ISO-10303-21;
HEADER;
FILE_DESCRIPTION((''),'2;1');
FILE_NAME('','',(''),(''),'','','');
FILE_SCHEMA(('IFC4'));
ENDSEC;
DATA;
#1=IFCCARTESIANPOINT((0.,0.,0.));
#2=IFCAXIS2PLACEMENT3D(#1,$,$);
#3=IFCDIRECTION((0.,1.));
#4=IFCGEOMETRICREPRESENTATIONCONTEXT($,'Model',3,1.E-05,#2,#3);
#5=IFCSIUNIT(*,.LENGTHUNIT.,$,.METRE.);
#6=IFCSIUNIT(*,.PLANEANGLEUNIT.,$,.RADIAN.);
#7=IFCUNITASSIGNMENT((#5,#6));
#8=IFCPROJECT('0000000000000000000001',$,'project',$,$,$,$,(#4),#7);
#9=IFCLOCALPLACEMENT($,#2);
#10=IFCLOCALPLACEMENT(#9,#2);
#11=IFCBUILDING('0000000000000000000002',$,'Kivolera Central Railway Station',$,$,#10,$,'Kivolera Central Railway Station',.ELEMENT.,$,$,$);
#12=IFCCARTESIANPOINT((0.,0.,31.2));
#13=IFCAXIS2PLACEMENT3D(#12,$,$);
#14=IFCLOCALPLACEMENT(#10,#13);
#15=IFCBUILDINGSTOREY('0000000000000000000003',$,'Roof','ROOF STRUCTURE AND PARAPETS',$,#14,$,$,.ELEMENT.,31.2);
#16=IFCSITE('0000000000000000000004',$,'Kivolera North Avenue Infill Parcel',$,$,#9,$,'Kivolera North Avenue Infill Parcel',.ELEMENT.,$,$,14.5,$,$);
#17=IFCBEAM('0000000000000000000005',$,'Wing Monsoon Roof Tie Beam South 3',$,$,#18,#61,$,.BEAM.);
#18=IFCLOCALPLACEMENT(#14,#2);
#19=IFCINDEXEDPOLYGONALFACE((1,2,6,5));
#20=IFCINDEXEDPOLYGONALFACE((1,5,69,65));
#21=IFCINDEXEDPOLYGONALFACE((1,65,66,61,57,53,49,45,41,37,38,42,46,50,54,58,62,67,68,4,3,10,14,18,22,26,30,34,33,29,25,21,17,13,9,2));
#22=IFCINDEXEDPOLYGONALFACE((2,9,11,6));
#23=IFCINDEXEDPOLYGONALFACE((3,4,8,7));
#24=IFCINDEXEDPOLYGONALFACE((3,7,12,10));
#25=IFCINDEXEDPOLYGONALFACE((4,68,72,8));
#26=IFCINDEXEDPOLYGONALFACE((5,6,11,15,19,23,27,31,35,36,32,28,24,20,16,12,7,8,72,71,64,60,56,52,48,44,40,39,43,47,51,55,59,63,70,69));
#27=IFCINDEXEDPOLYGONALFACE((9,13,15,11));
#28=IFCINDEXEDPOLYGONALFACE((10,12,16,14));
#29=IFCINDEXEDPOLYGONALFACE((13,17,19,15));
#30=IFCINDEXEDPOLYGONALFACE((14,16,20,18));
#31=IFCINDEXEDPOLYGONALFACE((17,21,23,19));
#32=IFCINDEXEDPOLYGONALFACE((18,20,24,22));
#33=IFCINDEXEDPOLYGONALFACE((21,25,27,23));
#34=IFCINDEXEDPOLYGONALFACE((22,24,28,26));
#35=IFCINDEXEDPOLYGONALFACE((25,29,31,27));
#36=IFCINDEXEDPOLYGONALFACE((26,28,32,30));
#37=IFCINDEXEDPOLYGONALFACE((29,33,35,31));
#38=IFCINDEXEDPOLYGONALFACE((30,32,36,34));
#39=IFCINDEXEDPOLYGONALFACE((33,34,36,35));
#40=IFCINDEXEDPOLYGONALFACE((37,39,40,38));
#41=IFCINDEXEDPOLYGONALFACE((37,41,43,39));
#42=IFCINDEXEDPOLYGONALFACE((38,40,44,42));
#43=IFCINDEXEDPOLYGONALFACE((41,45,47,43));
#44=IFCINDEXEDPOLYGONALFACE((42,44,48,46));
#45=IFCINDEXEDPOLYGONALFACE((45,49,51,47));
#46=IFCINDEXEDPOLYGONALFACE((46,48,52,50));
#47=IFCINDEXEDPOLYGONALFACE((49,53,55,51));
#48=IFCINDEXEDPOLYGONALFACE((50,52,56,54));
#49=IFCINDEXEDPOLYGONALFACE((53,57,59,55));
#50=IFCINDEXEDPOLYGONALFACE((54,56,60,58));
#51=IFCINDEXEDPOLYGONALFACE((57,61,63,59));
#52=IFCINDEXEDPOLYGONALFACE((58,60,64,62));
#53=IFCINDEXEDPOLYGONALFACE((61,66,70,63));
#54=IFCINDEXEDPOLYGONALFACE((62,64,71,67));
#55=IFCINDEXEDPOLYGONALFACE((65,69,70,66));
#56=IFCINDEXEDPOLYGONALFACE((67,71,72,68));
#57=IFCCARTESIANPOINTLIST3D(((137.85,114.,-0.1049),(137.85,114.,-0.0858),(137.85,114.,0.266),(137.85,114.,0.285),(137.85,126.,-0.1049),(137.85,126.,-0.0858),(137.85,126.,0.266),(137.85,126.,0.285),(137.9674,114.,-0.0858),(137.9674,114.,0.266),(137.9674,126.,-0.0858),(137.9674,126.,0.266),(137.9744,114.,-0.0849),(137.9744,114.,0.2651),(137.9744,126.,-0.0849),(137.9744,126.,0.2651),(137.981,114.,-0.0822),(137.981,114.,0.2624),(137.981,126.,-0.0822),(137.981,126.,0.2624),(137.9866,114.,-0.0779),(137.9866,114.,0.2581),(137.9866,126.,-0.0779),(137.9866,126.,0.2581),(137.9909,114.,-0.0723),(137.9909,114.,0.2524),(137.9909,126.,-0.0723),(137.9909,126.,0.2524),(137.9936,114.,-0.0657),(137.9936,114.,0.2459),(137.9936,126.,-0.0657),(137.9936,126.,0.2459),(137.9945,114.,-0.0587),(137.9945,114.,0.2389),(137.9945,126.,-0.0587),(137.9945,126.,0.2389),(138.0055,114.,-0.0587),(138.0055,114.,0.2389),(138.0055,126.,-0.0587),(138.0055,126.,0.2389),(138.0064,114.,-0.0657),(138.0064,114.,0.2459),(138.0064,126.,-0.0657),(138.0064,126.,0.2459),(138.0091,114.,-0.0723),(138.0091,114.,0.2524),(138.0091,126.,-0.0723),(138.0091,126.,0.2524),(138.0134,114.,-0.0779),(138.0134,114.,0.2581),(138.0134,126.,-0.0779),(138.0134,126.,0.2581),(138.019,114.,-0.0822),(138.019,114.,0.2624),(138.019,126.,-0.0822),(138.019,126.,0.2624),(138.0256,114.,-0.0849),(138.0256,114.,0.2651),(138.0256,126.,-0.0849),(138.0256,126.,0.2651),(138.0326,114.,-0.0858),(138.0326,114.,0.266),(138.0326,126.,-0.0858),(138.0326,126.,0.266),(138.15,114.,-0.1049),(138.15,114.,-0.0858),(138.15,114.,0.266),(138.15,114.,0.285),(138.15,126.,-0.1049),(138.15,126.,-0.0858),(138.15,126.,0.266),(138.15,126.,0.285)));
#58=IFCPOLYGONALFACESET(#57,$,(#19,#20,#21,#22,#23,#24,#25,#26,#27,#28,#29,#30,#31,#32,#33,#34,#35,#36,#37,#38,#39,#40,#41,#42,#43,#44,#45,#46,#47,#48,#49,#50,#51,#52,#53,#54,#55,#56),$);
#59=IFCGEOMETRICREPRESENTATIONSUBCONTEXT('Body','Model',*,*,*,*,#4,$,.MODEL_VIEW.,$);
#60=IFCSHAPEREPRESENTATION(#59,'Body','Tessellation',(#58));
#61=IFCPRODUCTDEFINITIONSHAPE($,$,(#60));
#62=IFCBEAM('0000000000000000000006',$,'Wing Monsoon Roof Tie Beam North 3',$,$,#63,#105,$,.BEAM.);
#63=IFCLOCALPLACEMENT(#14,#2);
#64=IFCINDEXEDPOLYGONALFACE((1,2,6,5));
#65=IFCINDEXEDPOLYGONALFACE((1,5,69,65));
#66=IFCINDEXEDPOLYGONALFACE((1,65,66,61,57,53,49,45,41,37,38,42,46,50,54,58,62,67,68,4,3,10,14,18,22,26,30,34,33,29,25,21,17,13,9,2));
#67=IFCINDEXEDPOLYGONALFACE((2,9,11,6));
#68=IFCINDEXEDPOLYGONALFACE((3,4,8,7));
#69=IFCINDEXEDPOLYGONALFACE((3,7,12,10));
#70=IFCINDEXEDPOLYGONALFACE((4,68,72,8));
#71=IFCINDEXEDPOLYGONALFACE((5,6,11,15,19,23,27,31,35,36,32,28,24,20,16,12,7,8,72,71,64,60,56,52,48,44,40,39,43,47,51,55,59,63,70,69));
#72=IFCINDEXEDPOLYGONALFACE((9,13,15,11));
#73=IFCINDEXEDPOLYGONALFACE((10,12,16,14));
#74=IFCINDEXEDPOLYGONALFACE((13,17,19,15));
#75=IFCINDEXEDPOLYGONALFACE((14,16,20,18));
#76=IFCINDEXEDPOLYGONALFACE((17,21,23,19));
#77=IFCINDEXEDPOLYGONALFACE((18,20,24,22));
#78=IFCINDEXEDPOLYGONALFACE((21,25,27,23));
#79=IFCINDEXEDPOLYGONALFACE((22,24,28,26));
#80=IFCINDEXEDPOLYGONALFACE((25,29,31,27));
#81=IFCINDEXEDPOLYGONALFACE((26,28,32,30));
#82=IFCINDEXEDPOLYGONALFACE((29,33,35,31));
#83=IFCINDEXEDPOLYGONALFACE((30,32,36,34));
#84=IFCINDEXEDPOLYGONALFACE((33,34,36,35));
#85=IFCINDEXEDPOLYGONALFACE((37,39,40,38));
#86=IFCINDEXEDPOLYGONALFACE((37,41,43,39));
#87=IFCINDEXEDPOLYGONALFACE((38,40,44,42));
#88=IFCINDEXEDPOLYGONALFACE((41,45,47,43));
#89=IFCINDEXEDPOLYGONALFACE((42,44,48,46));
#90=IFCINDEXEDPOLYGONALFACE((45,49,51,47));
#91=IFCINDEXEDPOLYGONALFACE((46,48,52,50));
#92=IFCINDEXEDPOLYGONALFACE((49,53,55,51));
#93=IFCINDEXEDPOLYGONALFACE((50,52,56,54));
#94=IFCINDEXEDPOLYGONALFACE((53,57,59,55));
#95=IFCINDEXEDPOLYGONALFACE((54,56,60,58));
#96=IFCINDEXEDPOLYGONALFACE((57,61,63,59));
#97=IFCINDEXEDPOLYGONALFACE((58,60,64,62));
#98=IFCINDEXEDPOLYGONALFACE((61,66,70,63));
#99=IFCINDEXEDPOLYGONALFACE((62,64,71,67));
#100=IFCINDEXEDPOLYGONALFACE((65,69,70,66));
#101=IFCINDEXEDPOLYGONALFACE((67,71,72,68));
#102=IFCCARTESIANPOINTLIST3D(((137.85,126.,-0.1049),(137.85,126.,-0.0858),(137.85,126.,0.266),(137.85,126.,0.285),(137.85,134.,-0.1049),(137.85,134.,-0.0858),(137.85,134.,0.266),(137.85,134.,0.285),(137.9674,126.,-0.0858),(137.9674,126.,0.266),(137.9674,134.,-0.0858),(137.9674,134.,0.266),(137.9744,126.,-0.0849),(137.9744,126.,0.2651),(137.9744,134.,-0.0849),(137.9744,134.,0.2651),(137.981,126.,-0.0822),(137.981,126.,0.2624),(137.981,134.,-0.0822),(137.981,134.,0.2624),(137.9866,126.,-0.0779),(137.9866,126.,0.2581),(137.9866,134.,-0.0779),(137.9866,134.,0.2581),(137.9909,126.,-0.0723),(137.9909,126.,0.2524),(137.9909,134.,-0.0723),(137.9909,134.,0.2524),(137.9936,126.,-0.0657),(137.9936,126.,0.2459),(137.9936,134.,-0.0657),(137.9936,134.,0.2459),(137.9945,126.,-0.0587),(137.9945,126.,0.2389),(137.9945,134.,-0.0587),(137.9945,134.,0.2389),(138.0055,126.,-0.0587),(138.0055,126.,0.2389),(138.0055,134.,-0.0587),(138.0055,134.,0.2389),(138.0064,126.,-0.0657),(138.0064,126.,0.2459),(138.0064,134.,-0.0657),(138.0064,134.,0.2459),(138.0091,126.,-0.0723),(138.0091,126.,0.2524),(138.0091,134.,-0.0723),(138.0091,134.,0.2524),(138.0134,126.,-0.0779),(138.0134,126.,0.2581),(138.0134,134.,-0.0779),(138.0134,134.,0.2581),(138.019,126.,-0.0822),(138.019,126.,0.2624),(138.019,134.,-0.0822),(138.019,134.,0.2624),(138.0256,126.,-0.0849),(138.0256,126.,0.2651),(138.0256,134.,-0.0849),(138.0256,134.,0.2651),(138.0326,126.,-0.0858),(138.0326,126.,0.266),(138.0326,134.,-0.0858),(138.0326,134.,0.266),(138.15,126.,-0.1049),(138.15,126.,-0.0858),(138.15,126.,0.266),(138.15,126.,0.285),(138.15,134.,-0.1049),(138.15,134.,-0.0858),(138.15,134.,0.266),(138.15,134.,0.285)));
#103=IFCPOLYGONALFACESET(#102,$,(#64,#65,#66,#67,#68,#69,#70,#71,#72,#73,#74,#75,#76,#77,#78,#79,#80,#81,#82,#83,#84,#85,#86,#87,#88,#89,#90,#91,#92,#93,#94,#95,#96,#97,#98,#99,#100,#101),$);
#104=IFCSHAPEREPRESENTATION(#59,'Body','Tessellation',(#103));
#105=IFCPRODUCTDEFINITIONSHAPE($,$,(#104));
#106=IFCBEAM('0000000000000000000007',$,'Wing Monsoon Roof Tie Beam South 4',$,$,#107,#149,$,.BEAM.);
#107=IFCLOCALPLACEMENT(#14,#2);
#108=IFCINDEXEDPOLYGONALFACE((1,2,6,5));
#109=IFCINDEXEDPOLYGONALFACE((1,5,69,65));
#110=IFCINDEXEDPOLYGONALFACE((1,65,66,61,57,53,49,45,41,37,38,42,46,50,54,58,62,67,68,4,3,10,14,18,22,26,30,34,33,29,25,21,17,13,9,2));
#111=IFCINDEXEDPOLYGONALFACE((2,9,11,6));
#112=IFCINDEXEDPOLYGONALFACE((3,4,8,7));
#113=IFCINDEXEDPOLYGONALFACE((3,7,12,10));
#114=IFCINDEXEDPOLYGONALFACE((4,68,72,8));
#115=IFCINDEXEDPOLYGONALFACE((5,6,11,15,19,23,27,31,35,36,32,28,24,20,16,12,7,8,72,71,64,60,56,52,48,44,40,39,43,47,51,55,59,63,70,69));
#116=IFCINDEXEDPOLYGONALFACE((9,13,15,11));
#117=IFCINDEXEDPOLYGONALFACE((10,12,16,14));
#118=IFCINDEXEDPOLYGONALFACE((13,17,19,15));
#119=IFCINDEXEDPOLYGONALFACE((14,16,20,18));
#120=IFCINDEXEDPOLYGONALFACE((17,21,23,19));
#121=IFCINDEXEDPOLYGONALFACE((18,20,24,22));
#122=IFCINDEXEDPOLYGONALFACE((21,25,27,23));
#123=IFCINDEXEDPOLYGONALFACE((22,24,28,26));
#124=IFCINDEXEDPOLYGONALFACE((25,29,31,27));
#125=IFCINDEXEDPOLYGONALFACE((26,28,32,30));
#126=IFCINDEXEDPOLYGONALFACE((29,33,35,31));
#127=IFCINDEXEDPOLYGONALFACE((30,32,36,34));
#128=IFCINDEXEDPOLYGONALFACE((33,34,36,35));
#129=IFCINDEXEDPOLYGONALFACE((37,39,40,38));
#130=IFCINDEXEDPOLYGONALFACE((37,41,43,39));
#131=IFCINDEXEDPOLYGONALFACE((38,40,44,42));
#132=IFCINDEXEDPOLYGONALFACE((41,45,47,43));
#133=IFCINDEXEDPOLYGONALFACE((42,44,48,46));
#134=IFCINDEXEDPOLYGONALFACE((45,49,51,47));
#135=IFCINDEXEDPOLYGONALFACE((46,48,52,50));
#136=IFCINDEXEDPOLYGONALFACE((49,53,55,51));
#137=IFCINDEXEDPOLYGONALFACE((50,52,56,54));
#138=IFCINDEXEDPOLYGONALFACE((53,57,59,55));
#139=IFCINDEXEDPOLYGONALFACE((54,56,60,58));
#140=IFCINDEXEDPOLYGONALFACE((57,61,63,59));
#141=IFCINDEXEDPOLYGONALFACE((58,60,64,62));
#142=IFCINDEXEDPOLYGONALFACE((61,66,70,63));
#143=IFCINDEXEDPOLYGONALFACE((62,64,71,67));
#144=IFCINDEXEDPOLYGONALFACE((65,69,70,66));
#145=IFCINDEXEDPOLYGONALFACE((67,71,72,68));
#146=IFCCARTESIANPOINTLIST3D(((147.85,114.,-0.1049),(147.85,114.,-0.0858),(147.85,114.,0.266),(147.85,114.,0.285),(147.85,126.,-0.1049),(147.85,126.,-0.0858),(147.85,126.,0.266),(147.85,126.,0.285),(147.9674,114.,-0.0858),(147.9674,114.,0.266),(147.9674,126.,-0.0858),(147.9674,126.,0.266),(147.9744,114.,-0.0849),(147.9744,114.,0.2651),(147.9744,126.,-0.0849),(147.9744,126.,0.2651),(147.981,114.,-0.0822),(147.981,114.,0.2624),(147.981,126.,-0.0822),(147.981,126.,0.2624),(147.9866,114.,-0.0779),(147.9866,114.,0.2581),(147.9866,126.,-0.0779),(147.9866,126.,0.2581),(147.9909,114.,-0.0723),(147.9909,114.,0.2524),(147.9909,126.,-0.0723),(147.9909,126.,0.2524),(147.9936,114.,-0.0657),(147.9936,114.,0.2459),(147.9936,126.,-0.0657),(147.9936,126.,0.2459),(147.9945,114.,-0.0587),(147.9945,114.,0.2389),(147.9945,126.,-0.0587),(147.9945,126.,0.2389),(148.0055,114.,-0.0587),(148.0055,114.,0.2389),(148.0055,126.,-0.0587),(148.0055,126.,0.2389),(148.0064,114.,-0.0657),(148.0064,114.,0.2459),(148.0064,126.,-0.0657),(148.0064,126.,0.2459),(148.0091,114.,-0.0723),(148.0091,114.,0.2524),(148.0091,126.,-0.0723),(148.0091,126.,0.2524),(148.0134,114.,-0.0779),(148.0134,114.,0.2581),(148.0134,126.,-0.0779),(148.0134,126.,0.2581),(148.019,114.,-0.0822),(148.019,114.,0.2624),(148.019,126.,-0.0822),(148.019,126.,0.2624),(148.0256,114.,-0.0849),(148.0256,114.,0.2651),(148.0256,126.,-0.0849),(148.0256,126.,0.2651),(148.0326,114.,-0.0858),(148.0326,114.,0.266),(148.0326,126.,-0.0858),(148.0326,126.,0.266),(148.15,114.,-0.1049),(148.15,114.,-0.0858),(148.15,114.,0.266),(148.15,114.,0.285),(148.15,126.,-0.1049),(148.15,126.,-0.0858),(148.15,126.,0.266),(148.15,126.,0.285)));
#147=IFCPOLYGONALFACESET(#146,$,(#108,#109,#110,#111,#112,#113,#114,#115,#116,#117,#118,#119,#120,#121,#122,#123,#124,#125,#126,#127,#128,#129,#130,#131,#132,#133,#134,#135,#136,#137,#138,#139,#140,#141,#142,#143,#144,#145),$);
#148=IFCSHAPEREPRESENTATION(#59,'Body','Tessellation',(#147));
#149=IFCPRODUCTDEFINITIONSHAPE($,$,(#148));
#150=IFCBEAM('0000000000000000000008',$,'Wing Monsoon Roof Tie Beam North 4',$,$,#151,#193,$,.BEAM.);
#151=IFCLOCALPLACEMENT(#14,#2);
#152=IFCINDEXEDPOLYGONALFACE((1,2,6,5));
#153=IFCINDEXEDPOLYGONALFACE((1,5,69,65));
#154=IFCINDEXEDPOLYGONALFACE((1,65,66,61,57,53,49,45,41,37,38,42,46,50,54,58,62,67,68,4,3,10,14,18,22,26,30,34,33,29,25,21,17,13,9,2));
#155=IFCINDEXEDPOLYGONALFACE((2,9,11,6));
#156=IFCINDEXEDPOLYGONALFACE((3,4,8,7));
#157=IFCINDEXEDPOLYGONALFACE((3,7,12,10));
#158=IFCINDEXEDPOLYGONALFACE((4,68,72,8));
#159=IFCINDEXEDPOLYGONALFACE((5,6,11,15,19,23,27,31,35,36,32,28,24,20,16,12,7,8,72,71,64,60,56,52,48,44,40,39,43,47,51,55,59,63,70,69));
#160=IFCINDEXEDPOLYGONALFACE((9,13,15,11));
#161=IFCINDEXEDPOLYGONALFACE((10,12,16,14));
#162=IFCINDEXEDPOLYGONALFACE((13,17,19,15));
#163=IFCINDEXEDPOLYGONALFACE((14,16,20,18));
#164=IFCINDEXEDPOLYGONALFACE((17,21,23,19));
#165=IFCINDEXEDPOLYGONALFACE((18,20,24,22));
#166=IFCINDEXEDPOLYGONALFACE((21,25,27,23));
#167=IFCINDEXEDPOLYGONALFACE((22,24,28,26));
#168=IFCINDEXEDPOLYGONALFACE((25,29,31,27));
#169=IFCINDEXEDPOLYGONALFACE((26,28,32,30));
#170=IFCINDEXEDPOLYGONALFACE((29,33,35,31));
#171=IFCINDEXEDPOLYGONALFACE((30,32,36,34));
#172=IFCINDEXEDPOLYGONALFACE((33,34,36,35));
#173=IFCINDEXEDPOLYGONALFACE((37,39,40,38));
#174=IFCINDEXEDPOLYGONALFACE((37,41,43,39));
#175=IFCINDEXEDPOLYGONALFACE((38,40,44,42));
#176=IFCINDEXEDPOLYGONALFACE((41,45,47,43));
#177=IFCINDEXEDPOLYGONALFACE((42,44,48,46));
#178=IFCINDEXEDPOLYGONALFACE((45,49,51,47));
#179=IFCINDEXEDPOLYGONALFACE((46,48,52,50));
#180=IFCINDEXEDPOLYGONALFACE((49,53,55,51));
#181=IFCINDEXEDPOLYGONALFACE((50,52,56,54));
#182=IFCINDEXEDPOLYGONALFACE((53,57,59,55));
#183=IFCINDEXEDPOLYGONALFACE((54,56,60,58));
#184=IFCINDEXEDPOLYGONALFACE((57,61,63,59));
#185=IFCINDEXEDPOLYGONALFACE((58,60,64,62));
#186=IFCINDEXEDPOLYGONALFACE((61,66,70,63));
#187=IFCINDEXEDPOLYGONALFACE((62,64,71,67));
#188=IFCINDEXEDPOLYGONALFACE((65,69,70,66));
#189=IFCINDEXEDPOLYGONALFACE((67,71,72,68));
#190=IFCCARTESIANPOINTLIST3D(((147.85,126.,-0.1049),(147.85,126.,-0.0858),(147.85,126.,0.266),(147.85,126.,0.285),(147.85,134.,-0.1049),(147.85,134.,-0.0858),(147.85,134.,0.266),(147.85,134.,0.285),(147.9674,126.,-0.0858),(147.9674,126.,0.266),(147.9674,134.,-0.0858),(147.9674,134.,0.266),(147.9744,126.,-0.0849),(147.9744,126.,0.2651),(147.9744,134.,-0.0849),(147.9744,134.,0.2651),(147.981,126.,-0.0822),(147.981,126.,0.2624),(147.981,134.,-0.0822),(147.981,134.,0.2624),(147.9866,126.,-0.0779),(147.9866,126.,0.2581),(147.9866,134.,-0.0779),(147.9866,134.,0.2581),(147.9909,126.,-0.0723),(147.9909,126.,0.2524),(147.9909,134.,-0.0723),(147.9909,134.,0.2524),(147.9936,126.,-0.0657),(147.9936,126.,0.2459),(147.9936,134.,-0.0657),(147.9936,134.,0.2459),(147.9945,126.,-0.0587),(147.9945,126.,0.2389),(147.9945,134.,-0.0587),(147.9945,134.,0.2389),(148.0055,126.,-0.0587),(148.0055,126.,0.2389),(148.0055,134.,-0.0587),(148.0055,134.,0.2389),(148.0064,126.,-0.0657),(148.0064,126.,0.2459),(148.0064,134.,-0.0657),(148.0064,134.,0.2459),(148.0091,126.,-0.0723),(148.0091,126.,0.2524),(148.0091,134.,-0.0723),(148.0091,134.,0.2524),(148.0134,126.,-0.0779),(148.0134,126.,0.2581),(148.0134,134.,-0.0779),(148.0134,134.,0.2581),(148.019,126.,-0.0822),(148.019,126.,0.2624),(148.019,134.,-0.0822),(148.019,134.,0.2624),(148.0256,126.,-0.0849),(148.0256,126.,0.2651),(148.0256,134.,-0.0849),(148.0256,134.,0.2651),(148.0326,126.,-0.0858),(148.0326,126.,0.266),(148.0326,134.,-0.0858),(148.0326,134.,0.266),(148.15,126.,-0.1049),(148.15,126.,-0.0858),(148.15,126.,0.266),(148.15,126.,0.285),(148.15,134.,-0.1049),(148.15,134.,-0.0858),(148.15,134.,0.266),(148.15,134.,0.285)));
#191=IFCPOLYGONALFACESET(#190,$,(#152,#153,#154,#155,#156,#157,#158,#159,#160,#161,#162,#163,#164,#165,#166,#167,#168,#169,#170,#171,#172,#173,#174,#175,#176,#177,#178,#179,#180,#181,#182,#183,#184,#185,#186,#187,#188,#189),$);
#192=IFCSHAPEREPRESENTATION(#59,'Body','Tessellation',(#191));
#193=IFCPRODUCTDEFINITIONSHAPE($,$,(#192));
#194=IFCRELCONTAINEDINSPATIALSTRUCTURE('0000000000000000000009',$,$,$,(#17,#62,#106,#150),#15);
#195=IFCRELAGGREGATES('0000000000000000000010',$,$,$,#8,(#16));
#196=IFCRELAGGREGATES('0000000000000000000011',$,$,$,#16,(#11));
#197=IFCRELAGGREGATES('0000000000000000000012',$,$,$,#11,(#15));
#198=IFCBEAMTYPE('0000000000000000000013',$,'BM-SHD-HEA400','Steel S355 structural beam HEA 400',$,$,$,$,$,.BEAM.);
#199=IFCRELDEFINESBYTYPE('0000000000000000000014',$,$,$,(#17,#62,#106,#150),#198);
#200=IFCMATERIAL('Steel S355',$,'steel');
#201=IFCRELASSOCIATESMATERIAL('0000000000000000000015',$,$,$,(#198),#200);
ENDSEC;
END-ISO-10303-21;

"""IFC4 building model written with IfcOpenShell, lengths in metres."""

from ifc_helpers import new_model, si_unit, direction, frame, origin, origin_2d, place, context, subcontext, project, spatial, i_section, extrude, material, material_profile, profile_set, type_object, element, save


model = new_model("IFC4")

# Units and contexts
model_context = context("Model", 3, precision=1e-05, world=origin(), true_north=direction((0.0, 1.0)))
body_context = subcontext(model_context, "Body", "Model", "MODEL_VIEW")
ifc_project = project(units=[si_unit("LENGTHUNIT", "METRE"), si_unit("PLANEANGLEUNIT", "RADIAN")], contexts=[model_context])

# Site, building, storey
site_placement = place(None, origin())
site = spatial("IfcSite", under=ifc_project, at=site_placement, Name="Kivolera North Avenue Infill Parcel", LongName="Kivolera North Avenue Infill Parcel", CompositionType="ELEMENT", RefElevation=14.5)
building_placement = place(site_placement, origin())
building = spatial("IfcBuilding", under=site, at=building_placement, Name="Kivolera Central Railway Station", LongName="Kivolera Central Railway Station", CompositionType="ELEMENT")
storey_placement = place(building_placement, frame((0.0, 0.0, 31.2)))
storey = spatial("IfcBuildingStorey", under=building, at=storey_placement, Name="Roof", Description="ROOF STRUCTURE AND PARAPETS", CompositionType="ELEMENT", Elevation=31.2)

# Beams
ifc_material_1 = material(Name="Steel S355", Category="steel")
ifc_material_profile_1 = material_profile(ifc_material_1, i_section(OverallWidth=0.3, OverallDepth=0.3899, WebThickness=0.011, FlangeThickness=0.019, FilletRadius=0.0271, at=origin_2d()), Name="HEA 400")
ifc_profile_set_1 = profile_set([ifc_material_profile_1], Name="Steel S355")
beam_type_1 = type_object("IfcBeamType", Name="BM-SHD-HEA400", Description="Steel S355 structural beam HEA 400", PredefinedType="BEAM", material=ifc_profile_set_1)
beam_1_placement = place(storey_placement, frame((138.0, 114.0, 0.0901), z_axis=(0.0, 1.0, 0.0), x_axis=(-1.0, 0.0, 0.0)))
element("IfcBeam", 1, at=beam_1_placement, inside=storey, type_object=beam_type_1, Name="Wing Monsoon Roof Tie Beam South 3", PredefinedType="BEAM", context=body_context, shape_type="SweptSolid", body=[
    extrude(i_section(OverallWidth=0.3, OverallDepth=0.3899, WebThickness=0.011, FlangeThickness=0.019, FilletRadius=0.0271, at=origin_2d()), origin(), (0.0, 0.0, 1.0), 12.0),
])
beam_2_placement = place(storey_placement, frame((138.0, 126.0, 0.0901), z_axis=(0.0, 1.0, 0.0), x_axis=(-1.0, 0.0, 0.0)))
element("IfcBeam", 2, at=beam_2_placement, inside=storey, type_object=beam_type_1, Name="Wing Monsoon Roof Tie Beam North 3", PredefinedType="BEAM", context=body_context, shape_type="SweptSolid", body=[
    extrude(i_section(OverallWidth=0.3, OverallDepth=0.3899, WebThickness=0.011, FlangeThickness=0.019, FilletRadius=0.0271, at=origin_2d()), origin(), (0.0, 0.0, 1.0), 8.0),
])
beam_3_placement = place(storey_placement, frame((148.0, 114.0, 0.0901), z_axis=(0.0, 1.0, 0.0), x_axis=(-1.0, 0.0, 0.0)))
element("IfcBeam", 3, at=beam_3_placement, inside=storey, type_object=beam_type_1, Name="Wing Monsoon Roof Tie Beam South 4", PredefinedType="BEAM", context=body_context, shape_type="SweptSolid", body=[
    extrude(i_section(OverallWidth=0.3, OverallDepth=0.3899, WebThickness=0.011, FlangeThickness=0.019, FilletRadius=0.0271, at=origin_2d()), origin(), (0.0, 0.0, 1.0), 12.0),
])
beam_4_placement = place(storey_placement, frame((148.0, 126.0, 0.0901), z_axis=(0.0, 1.0, 0.0), x_axis=(-1.0, 0.0, 0.0)))
element("IfcBeam", 4, at=beam_4_placement, inside=storey, type_object=beam_type_1, Name="Wing Monsoon Roof Tie Beam North 4", PredefinedType="BEAM", context=body_context, shape_type="SweptSolid", body=[
    extrude(i_section(OverallWidth=0.3, OverallDepth=0.3899, WebThickness=0.011, FlangeThickness=0.019, FilletRadius=0.0271, at=origin_2d()), origin(), (0.0, 0.0, 1.0), 8.0),
])

save(model, "model.ifc")
